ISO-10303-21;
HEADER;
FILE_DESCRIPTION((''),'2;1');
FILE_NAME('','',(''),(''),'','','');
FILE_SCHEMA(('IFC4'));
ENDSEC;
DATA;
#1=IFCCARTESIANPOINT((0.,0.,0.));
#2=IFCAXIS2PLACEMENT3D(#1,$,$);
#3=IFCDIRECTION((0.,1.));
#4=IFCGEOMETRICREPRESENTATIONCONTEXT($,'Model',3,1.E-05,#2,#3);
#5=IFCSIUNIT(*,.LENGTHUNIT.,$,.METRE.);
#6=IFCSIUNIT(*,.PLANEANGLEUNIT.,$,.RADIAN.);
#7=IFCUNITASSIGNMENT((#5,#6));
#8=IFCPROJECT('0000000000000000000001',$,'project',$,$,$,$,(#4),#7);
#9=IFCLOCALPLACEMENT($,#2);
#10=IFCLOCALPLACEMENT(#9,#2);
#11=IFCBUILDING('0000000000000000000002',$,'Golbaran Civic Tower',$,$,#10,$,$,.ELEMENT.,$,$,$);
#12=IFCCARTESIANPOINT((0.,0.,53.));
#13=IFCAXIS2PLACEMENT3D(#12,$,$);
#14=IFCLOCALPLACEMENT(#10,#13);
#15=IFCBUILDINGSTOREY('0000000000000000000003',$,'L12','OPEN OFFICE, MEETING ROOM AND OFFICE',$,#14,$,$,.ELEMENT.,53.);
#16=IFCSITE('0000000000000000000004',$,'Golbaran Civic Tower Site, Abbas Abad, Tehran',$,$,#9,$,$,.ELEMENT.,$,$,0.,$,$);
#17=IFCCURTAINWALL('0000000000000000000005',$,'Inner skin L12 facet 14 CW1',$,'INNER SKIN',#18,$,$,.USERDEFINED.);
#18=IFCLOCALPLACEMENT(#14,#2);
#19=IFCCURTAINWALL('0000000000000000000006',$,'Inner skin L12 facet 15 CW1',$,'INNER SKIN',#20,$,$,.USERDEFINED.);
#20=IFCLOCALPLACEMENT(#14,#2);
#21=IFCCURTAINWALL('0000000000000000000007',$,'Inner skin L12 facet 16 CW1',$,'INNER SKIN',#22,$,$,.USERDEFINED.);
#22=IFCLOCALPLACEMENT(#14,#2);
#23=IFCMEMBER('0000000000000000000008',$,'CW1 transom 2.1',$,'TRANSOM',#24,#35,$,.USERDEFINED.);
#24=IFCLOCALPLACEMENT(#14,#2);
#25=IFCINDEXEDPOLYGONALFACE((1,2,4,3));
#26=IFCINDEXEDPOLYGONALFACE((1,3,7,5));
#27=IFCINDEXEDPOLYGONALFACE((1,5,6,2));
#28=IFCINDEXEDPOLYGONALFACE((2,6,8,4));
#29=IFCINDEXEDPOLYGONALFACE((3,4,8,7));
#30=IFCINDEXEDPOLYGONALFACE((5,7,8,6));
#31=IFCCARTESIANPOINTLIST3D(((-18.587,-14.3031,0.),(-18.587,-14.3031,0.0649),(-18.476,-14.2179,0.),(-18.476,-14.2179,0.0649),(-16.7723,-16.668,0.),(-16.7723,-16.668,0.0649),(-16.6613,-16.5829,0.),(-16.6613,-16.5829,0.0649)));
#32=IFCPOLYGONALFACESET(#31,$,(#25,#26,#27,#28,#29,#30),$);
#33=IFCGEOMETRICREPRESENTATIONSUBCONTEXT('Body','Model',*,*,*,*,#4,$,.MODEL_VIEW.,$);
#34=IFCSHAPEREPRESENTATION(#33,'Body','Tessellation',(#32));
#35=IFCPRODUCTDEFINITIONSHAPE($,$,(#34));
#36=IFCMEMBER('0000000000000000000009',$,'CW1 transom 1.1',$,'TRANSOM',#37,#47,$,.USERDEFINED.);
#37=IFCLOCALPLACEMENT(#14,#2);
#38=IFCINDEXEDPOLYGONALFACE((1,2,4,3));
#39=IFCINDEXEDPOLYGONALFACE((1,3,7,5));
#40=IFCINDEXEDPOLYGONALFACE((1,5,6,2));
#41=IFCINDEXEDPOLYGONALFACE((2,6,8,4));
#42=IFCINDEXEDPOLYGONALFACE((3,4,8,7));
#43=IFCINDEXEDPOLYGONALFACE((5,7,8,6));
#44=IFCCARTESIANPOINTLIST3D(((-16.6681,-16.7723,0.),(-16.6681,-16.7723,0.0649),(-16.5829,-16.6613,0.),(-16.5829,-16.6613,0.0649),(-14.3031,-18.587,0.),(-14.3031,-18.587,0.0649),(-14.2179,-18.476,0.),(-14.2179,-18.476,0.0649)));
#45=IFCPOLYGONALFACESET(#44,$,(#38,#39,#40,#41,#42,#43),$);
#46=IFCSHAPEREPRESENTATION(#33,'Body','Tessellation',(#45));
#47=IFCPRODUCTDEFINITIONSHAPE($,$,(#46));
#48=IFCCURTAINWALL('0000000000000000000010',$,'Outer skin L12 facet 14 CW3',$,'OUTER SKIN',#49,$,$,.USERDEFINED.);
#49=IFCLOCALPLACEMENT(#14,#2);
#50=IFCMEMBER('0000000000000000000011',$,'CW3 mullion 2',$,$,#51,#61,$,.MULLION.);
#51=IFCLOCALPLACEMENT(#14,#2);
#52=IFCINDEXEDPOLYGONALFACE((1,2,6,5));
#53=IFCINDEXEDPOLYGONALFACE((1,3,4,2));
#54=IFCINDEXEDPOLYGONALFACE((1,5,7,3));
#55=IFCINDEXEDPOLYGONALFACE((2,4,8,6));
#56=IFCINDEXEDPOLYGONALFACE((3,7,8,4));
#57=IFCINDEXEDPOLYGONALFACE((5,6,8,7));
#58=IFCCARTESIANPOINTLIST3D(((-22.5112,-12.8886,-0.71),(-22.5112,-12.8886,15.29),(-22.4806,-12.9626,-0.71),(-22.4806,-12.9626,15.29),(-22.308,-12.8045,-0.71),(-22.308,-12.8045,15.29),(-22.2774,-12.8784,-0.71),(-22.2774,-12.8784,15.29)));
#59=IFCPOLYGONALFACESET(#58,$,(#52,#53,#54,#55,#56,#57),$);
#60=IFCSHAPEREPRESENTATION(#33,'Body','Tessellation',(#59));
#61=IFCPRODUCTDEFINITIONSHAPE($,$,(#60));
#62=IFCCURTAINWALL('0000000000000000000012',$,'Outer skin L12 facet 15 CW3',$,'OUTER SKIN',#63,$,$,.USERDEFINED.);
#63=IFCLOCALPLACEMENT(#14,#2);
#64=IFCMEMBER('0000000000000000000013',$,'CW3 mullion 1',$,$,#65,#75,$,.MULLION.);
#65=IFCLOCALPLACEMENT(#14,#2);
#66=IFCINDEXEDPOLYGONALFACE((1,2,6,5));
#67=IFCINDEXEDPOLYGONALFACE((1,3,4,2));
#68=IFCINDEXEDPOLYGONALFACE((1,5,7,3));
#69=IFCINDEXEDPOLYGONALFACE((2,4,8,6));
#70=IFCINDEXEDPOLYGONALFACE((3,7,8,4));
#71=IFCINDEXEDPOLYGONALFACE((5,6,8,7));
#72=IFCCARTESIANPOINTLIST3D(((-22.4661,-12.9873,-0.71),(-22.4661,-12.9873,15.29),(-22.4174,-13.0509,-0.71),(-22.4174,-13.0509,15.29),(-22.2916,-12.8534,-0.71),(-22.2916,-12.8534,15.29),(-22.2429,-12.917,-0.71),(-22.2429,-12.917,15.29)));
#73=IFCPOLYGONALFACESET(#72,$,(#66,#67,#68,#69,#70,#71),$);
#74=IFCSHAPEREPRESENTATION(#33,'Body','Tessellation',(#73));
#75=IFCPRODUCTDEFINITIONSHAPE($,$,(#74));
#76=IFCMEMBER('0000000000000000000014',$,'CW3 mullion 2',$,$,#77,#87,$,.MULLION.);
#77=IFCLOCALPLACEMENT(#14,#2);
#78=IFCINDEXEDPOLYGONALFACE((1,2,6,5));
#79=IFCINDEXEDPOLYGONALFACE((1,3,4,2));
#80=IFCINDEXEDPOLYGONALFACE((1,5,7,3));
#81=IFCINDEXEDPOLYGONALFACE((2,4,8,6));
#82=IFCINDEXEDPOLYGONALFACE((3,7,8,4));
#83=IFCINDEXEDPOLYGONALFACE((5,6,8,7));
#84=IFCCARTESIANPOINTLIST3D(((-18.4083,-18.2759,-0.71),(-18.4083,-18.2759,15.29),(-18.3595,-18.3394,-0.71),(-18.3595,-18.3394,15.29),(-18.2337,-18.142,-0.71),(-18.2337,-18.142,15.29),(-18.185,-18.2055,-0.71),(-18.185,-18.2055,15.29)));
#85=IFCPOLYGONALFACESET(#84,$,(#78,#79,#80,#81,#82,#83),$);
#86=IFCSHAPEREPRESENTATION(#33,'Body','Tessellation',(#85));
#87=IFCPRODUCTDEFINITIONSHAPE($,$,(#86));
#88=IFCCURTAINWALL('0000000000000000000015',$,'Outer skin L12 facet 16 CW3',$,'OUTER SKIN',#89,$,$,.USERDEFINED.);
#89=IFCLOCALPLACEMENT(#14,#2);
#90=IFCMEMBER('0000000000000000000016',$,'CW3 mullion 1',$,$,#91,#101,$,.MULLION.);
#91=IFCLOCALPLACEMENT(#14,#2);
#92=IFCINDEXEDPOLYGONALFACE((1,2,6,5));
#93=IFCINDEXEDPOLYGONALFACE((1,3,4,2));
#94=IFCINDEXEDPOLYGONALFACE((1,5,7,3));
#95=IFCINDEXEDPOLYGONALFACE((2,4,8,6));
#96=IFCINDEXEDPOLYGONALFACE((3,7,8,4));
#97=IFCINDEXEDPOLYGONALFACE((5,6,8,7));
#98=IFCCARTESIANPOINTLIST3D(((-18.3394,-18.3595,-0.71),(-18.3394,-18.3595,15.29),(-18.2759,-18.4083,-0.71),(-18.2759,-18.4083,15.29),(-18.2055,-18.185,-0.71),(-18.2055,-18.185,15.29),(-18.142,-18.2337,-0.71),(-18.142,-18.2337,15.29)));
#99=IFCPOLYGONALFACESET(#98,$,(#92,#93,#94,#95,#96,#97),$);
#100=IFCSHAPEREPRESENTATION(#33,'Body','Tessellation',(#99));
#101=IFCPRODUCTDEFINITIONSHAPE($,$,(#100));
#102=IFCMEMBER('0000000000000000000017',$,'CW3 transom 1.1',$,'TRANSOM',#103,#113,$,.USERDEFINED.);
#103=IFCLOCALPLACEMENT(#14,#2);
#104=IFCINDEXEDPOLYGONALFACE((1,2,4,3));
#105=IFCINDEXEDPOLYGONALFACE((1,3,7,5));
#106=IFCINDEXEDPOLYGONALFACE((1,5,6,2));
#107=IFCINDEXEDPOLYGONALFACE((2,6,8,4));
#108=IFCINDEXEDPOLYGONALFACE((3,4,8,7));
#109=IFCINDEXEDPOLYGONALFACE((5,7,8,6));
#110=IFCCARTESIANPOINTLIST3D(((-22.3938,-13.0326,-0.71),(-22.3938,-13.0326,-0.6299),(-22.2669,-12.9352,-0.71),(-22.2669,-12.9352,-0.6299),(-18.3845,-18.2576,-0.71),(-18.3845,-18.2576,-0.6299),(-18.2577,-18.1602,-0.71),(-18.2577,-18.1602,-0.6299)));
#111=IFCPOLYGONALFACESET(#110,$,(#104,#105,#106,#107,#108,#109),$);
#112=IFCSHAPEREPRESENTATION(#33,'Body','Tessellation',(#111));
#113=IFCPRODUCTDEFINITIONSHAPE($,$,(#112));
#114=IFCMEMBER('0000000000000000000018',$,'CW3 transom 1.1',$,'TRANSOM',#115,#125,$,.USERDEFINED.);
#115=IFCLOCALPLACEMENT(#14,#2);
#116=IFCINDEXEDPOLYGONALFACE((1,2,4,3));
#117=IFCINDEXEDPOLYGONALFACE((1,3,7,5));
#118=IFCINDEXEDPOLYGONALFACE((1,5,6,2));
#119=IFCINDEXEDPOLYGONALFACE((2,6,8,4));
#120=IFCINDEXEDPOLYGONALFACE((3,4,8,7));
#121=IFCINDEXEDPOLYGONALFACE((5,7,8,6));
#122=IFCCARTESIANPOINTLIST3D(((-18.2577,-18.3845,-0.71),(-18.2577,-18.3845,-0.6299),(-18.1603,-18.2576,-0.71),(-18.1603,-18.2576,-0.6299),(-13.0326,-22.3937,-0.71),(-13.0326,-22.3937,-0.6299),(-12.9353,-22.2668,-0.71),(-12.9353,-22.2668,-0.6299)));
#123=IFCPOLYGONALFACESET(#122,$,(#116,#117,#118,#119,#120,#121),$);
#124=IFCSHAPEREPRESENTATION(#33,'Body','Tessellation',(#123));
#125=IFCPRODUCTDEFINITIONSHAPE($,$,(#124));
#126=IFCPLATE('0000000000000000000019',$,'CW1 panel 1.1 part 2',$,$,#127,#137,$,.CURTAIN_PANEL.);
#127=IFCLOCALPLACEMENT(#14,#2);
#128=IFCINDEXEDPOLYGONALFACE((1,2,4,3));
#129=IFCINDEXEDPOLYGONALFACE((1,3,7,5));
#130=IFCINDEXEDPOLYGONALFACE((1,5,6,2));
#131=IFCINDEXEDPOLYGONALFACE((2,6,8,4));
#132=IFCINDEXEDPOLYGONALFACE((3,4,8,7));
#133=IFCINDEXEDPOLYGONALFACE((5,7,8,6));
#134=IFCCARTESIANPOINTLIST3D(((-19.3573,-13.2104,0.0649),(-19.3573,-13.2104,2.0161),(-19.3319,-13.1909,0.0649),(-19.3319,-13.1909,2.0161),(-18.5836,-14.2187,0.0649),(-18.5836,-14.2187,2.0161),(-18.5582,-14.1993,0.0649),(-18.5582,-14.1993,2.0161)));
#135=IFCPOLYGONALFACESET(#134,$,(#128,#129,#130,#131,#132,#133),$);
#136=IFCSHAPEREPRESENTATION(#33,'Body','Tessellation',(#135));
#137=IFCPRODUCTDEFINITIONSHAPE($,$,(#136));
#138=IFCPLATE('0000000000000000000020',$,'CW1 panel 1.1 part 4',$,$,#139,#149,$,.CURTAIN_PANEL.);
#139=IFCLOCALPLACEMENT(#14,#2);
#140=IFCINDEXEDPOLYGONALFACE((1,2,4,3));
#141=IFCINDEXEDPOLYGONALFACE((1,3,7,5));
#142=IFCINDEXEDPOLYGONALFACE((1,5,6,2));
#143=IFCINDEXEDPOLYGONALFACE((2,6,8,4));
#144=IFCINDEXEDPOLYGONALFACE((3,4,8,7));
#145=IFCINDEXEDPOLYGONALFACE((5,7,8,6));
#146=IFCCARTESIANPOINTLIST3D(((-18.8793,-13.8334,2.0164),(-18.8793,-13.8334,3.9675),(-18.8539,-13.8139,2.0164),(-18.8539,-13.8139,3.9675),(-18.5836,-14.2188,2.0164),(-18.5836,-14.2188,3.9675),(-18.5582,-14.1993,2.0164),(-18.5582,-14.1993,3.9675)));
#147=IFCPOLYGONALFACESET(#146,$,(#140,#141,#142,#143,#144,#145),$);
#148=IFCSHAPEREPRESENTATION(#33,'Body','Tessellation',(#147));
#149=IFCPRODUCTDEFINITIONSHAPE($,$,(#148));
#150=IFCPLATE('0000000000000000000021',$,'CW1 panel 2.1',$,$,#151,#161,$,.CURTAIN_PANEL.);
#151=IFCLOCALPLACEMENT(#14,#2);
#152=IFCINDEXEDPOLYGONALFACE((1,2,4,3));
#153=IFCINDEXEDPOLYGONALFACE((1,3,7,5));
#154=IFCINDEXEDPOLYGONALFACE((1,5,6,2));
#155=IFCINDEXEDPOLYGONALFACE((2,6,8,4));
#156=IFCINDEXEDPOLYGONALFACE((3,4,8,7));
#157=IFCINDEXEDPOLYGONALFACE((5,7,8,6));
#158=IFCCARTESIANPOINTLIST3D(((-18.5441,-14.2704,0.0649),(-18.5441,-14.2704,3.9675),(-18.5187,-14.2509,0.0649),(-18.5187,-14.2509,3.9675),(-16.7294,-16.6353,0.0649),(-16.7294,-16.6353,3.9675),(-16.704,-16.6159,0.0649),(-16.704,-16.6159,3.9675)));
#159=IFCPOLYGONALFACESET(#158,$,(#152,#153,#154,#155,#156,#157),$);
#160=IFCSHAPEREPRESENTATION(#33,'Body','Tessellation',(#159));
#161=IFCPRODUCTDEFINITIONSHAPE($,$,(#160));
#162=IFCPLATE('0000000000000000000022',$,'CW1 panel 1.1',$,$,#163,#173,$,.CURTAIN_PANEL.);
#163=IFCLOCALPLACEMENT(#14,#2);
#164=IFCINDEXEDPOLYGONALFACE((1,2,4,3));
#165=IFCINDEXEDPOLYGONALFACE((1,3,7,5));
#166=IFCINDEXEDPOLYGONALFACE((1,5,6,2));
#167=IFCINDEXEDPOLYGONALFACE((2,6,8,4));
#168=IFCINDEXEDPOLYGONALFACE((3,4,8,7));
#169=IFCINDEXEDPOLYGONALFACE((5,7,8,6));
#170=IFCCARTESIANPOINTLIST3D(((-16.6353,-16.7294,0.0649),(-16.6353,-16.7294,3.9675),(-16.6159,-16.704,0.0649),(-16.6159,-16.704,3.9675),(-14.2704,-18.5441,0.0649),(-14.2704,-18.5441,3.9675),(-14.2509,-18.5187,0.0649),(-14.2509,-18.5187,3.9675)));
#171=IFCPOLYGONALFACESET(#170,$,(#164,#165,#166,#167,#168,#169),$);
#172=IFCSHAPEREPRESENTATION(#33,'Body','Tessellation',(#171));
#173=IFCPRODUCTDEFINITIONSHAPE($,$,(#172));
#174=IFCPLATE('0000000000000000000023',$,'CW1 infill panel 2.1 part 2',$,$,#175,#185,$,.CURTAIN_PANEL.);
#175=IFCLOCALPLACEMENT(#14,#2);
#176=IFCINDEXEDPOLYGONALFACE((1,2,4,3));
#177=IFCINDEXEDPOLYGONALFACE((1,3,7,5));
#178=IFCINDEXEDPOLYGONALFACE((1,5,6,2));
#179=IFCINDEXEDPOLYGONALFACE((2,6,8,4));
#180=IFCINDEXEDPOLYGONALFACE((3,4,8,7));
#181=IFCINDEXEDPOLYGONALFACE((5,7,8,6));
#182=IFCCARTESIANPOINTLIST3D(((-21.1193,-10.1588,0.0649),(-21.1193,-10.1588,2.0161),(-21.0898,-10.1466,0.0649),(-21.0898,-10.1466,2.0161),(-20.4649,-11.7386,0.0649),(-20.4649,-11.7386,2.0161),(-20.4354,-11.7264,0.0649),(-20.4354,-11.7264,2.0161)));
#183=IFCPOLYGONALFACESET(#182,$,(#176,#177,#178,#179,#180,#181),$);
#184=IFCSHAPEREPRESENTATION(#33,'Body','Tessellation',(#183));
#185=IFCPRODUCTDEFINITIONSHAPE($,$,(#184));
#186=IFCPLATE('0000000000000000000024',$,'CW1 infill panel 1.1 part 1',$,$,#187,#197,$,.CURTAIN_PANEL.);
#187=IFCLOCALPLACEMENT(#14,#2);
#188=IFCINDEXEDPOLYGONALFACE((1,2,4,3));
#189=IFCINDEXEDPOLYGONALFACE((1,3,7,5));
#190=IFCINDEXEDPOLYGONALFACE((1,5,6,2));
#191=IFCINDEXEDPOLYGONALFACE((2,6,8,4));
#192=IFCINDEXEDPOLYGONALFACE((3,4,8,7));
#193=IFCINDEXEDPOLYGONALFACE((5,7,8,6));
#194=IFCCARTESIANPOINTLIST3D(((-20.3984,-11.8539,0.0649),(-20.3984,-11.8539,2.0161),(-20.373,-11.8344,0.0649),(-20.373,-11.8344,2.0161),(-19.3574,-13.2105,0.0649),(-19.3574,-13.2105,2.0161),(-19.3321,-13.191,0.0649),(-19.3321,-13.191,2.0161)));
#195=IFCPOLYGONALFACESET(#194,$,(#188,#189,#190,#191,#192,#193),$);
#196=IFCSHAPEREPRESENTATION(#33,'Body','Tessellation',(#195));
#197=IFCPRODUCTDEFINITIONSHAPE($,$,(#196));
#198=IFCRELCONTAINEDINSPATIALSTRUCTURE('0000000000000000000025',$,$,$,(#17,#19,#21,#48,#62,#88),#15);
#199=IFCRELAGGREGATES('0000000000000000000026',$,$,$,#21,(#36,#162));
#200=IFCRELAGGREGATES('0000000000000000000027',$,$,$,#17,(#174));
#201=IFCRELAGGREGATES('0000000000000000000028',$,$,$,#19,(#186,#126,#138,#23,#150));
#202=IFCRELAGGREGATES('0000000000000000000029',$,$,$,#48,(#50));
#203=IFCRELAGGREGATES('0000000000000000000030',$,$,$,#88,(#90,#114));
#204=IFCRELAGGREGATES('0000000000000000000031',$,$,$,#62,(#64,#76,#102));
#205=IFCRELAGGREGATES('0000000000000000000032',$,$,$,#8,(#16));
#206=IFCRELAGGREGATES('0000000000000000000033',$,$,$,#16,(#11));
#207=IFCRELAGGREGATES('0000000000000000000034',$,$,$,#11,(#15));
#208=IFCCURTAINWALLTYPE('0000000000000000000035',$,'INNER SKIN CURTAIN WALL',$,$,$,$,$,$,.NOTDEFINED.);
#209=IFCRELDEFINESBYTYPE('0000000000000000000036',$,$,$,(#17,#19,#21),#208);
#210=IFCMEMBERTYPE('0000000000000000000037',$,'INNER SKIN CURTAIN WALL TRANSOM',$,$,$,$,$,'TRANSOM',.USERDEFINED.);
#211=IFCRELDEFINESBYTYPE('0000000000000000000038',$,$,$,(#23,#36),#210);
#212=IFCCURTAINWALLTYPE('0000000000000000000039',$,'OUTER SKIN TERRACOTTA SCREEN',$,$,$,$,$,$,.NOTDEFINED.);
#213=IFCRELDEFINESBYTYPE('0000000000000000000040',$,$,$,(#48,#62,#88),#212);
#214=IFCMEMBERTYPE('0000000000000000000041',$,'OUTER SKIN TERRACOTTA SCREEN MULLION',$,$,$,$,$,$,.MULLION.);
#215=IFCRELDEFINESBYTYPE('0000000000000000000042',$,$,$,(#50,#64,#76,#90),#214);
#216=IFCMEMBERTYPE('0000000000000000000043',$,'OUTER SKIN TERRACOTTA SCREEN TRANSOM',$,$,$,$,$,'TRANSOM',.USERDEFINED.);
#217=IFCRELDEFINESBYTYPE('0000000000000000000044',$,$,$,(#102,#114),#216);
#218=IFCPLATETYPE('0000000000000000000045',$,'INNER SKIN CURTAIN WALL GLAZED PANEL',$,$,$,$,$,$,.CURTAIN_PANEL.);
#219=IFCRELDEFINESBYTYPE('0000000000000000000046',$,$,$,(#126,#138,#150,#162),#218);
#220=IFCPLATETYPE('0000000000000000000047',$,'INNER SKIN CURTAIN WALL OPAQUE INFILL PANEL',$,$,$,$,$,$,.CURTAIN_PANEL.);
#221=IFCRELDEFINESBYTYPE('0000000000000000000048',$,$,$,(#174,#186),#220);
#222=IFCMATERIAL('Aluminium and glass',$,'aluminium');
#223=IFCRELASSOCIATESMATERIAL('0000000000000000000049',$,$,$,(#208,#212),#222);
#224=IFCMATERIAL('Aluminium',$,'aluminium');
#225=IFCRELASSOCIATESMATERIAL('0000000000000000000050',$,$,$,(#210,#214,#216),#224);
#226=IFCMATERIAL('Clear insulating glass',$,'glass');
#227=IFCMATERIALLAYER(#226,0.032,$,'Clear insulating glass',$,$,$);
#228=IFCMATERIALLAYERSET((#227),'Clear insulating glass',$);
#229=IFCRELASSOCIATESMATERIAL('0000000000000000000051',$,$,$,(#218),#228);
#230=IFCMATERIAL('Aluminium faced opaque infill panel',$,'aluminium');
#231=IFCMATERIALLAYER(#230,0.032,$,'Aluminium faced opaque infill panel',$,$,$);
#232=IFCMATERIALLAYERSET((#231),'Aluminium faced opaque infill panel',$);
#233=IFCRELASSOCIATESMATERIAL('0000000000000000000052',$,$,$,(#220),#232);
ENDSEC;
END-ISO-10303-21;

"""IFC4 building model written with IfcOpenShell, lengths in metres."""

from ifc_helpers import new_model, si_unit, direction, frame, origin, origin_2d, place, context, subcontext, project, spatial, rectangle, extrude, material, layer, layer_set, material_profile, profile_set, type_object, element, aggregate, save


model = new_model("IFC4")

# Units and contexts
model_context = context("Model", 3, precision=1e-05, world=origin(), true_north=direction((0.0, 1.0)))
body_context = subcontext(model_context, "Body", "Model", "MODEL_VIEW")
ifc_project = project(units=[si_unit("LENGTHUNIT", "METRE"), si_unit("PLANEANGLEUNIT", "RADIAN")], contexts=[model_context])

# Site, building, storey
site_placement = place(None, origin())
site = spatial("IfcSite", under=ifc_project, at=site_placement, Name="Golbaran Civic Tower Site, Abbas Abad, Tehran", CompositionType="ELEMENT", RefElevation=0.0)
building_placement = place(site_placement, origin())
building = spatial("IfcBuilding", under=site, at=building_placement, Name="Golbaran Civic Tower", CompositionType="ELEMENT")
storey_placement = place(building_placement, frame((0.0, 0.0, 53.0)))
storey = spatial("IfcBuildingStorey", under=building, at=storey_placement, Name="L12", Description="OPEN OFFICE, MEETING ROOM AND OFFICE", CompositionType="ELEMENT", Elevation=53.0)

# Curtain wall
ifc_material_1 = material(Name="Aluminium and glass", Category="aluminium")
curtain_wall_type_1 = type_object("IfcCurtainWallType", Name="INNER SKIN CURTAIN WALL", PredefinedType="NOTDEFINED", material=ifc_material_1)
curtain_wall_1_placement = place(storey_placement, origin())
curtain_wall_1 = element("IfcCurtainWall", 1, at=curtain_wall_1_placement, inside=storey, type_object=curtain_wall_type_1, Name="Inner skin L12 facet 14 CW1", ObjectType="INNER SKIN", PredefinedType="USERDEFINED")
ifc_material_2 = material(Name="Aluminium", Category="aluminium")

# Curtain wall
curtain_wall_2_placement = place(storey_placement, origin())
curtain_wall_2 = element("IfcCurtainWall", 2, at=curtain_wall_2_placement, inside=storey, type_object=curtain_wall_type_1, Name="Inner skin L12 facet 15 CW1", ObjectType="INNER SKIN", PredefinedType="USERDEFINED")

# Curtain wall
curtain_wall_3_placement = place(storey_placement, origin())
curtain_wall_3 = element("IfcCurtainWall", 3, at=curtain_wall_3_placement, inside=storey, type_object=curtain_wall_type_1, Name="Inner skin L12 facet 16 CW1", ObjectType="INNER SKIN", PredefinedType="USERDEFINED")

# Members
ifc_material_profile_1 = material_profile(ifc_material_2, rectangle(XDim=0.1399, YDim=0.0649, at=origin_2d()), Name="INNER SKIN CURTAIN WALL TRANSOM")
ifc_profile_set_1 = profile_set([ifc_material_profile_1], Name="Aluminium")
member_type_1 = type_object("IfcMemberType", Name="INNER SKIN CURTAIN WALL TRANSOM", ElementType="TRANSOM", PredefinedType="USERDEFINED", material=ifc_profile_set_1)
member_1_placement = place(storey_placement, frame((-18.5315, -14.2605, 0.0325), z_axis=(0.608756, -0.793357, 0.0), x_axis=(0.793357, 0.608756, 0.0)))
member_1 = element("IfcMember", 4, at=member_1_placement, type_object=member_type_1, Name="CW1 transom 2.1", ObjectType="TRANSOM", PredefinedType="USERDEFINED", context=body_context, shape_type="SweptSolid", body=[
    extrude(rectangle(XDim=0.1399, YDim=0.0649, at=origin_2d()), origin(), (0.0, 0.0, 1.0), 2.981),
])
member_2_placement = place(storey_placement, frame((-16.6255, -16.7168, 0.0325), z_axis=(0.793357, -0.608756, 0.0), x_axis=(0.608756, 0.793357, 0.0)))
member_2 = element("IfcMember", 5, at=member_2_placement, type_object=member_type_1, Name="CW1 transom 1.1", ObjectType="TRANSOM", PredefinedType="USERDEFINED", context=body_context, shape_type="SweptSolid", body=[
    extrude(rectangle(XDim=0.1399, YDim=0.0649, at=origin_2d()), origin(), (0.0, 0.0, 1.0), 2.981),
])

# Curtain wall, member
curtain_wall_type_2 = type_object("IfcCurtainWallType", Name="OUTER SKIN TERRACOTTA SCREEN", PredefinedType="NOTDEFINED", material=ifc_material_1)
curtain_wall_4_placement = place(storey_placement, origin())
curtain_wall_4 = element("IfcCurtainWall", 6, at=curtain_wall_4_placement, inside=storey, type_object=curtain_wall_type_2, Name="Outer skin L12 facet 14 CW3", ObjectType="OUTER SKIN", PredefinedType="USERDEFINED")
ifc_material_profile_2 = material_profile(ifc_material_2, rectangle(XDim=0.22, YDim=0.0801, at=origin_2d()), Name="OUTER SKIN TERRACOTTA SCREEN MULLION")
ifc_profile_set_2 = profile_set([ifc_material_profile_2], Name="Aluminium")
member_type_2 = type_object("IfcMemberType", Name="OUTER SKIN TERRACOTTA SCREEN MULLION", PredefinedType="MULLION", material=ifc_profile_set_2)
member_3_placement = place(storey_placement, frame((-22.3943, -12.8835, -0.71), z_axis=(0.0, 0.0, 1.0), x_axis=(0.92388, 0.382683, 0.0)))
member_3 = element("IfcMember", 7, at=member_3_placement, type_object=member_type_2, Name="CW3 mullion 2", PredefinedType="MULLION", context=body_context, shape_type="SweptSolid", body=[
    extrude(rectangle(XDim=0.22, YDim=0.0801, at=origin_2d()), origin(), (0.0, 0.0, 1.0), 16.0),
])

# Curtain wall, members
curtain_wall_5_placement = place(storey_placement, origin())
curtain_wall_5 = element("IfcCurtainWall", 8, at=curtain_wall_5_placement, inside=storey, type_object=curtain_wall_type_2, Name="Outer skin L12 facet 15 CW3", ObjectType="OUTER SKIN", PredefinedType="USERDEFINED")
member_4_placement = place(storey_placement, frame((-22.3545, -12.9521, -0.71), z_axis=(0.0, 0.0, 1.0), x_axis=(0.793353, 0.608761, 0.0)))
member_4 = element("IfcMember", 9, at=member_4_placement, type_object=member_type_2, Name="CW3 mullion 1", PredefinedType="MULLION", context=body_context, shape_type="SweptSolid", body=[
    extrude(rectangle(XDim=0.22, YDim=0.0801, at=origin_2d()), origin(), (0.0, 0.0, 1.0), 16.0),
])
member_5_placement = place(storey_placement, frame((-18.2966, -18.2407, -0.71), z_axis=(0.0, 0.0, 1.0), x_axis=(0.793353, 0.608761, 0.0)))
member_5 = element("IfcMember", 10, at=member_5_placement, type_object=member_type_2, Name="CW3 mullion 2", PredefinedType="MULLION", context=body_context, shape_type="SweptSolid", body=[
    extrude(rectangle(XDim=0.22, YDim=0.0801, at=origin_2d()), origin(), (0.0, 0.0, 1.0), 16.0),
])

# Curtain wall, member
curtain_wall_6_placement = place(storey_placement, origin())
curtain_wall_6 = element("IfcCurtainWall", 11, at=curtain_wall_6_placement, inside=storey, type_object=curtain_wall_type_2, Name="Outer skin L12 facet 16 CW3", ObjectType="OUTER SKIN", PredefinedType="USERDEFINED")
member_6_placement = place(storey_placement, frame((-18.2407, -18.2966, -0.71), z_axis=(0.0, 0.0, 1.0), x_axis=(0.608761, 0.793353, 0.0)))
member_6 = element("IfcMember", 12, at=member_6_placement, type_object=member_type_2, Name="CW3 mullion 1", PredefinedType="MULLION", context=body_context, shape_type="SweptSolid", body=[
    extrude(rectangle(XDim=0.22, YDim=0.0801, at=origin_2d()), origin(), (0.0, 0.0, 1.0), 16.0),
])

# Members
ifc_material_profile_3 = material_profile(ifc_material_2, rectangle(XDim=0.1599, YDim=0.0801, at=origin_2d()), Name="OUTER SKIN TERRACOTTA SCREEN TRANSOM")
ifc_profile_set_3 = profile_set([ifc_material_profile_3], Name="Aluminium")
member_type_3 = type_object("IfcMemberType", Name="OUTER SKIN TERRACOTTA SCREEN TRANSOM", ElementType="TRANSOM", PredefinedType="USERDEFINED", material=ifc_profile_set_3)
member_7_placement = place(storey_placement, frame((-22.3303, -12.9839, -0.6699), z_axis=(0.608754, -0.793359, 0.0), x_axis=(0.793359, 0.608754, 0.0)))
member_7 = element("IfcMember", 13, at=member_7_placement, type_object=member_type_3, Name="CW3 transom 1.1", ObjectType="TRANSOM", PredefinedType="USERDEFINED", context=body_context, shape_type="SweptSolid", body=[
    extrude(rectangle(XDim=0.1599, YDim=0.0801, at=origin_2d()), origin(), (0.0, 0.0, 1.0), 6.5859),
])
member_8_placement = place(storey_placement, frame((-18.209, -18.321, -0.6699), z_axis=(0.793359, -0.608754, 0.0), x_axis=(0.608754, 0.793359, 0.0)))
member_8 = element("IfcMember", 14, at=member_8_placement, type_object=member_type_3, Name="CW3 transom 1.1", ObjectType="TRANSOM", PredefinedType="USERDEFINED", context=body_context, shape_type="SweptSolid", body=[
    extrude(rectangle(XDim=0.1599, YDim=0.0801, at=origin_2d()), origin(), (0.0, 0.0, 1.0), 6.5859),
])

# Plates
ifc_material_3 = material(Name="Clear insulating glass", Category="glass")
ifc_layer_1 = layer(ifc_material_3, 0.032, Name="Clear insulating glass")
ifc_layer_set_1 = layer_set([ifc_layer_1], Name="Clear insulating glass")
plate_type_1 = type_object("IfcPlateType", Name="INNER SKIN CURTAIN WALL GLAZED PANEL", PredefinedType="CURTAIN_PANEL", material=ifc_layer_set_1)
plate_1_placement = place(storey_placement, frame((-18.9578, -13.7048, 0.0649), z_axis=(0.0, 0.0, 1.0), x_axis=(0.608761, -0.793353, 0.0)))
plate_1 = element("IfcPlate", 15, at=plate_1_placement, type_object=plate_type_1, Name="CW1 panel 1.1 part 2", PredefinedType="CURTAIN_PANEL", context=body_context, shape_type="SweptSolid", body=[
    extrude(rectangle(XDim=1.271, YDim=0.032, at=origin_2d()), origin(), (0.0, 0.0, 1.0), 1.9512),
])
plate_2_placement = place(storey_placement, frame((-18.7188, -14.0164, 2.0164), z_axis=(0.0, 0.0, 1.0), x_axis=(0.608761, -0.793353, 0.0)))
plate_2 = element("IfcPlate", 16, at=plate_2_placement, type_object=plate_type_1, Name="CW1 panel 1.1 part 4", PredefinedType="CURTAIN_PANEL", context=body_context, shape_type="SweptSolid", body=[
    extrude(rectangle(XDim=0.4858, YDim=0.032, at=origin_2d()), origin(), (0.0, 0.0, 1.0), 1.9512),
])
plate_3_placement = place(storey_placement, frame((-17.624, -15.4431, 0.0649), z_axis=(0.0, 0.0, 1.0), x_axis=(0.608761, -0.793353, 0.0)))
plate_3 = element("IfcPlate", 17, at=plate_3_placement, type_object=plate_type_1, Name="CW1 panel 2.1", PredefinedType="CURTAIN_PANEL", context=body_context, shape_type="SweptSolid", body=[
    extrude(rectangle(XDim=2.981, YDim=0.032, at=origin_2d()), origin(), (0.0, 0.0, 1.0), 3.9026),
])
plate_4_placement = place(storey_placement, frame((-15.4431, -17.624, 0.0649), z_axis=(0.0, 0.0, 1.0), x_axis=(0.793353, -0.608761, 0.0)))
plate_4 = element("IfcPlate", 18, at=plate_4_placement, type_object=plate_type_1, Name="CW1 panel 1.1", PredefinedType="CURTAIN_PANEL", context=body_context, shape_type="SweptSolid", body=[
    extrude(rectangle(XDim=2.981, YDim=0.032, at=origin_2d()), origin(), (0.0, 0.0, 1.0), 3.9026),
])
aggregate(curtain_wall_3, [member_2, plate_4])
ifc_material_4 = material(Name="Aluminium faced opaque infill panel", Category="aluminium")
ifc_layer_2 = layer(ifc_material_4, 0.032, Name="Aluminium faced opaque infill panel")
ifc_layer_set_2 = layer_set([ifc_layer_2], Name="Aluminium faced opaque infill panel")
plate_type_2 = type_object("IfcPlateType", Name="INNER SKIN CURTAIN WALL OPAQUE INFILL PANEL", PredefinedType="CURTAIN_PANEL", material=ifc_layer_set_2)
plate_5_placement = place(storey_placement, frame((-20.7773, -10.9426, 0.0649), z_axis=(0.0, 0.0, 1.0), x_axis=(0.382683, -0.92388, 0.0)))
plate_5 = element("IfcPlate", 19, at=plate_5_placement, type_object=plate_type_2, Name="CW1 infill panel 2.1 part 2", PredefinedType="CURTAIN_PANEL", context=body_context, shape_type="SweptSolid", body=[
    extrude(rectangle(XDim=1.71, YDim=0.032, at=origin_2d()), origin(), (0.0, 0.0, 1.0), 1.9512),
])
aggregate(curtain_wall_1, [plate_5])
plate_6_placement = place(storey_placement, frame((-19.8652, -12.5225, 0.0649), z_axis=(0.0, 0.0, 1.0), x_axis=(0.608761, -0.793353, 0.0)))
plate_6 = element("IfcPlate", 20, at=plate_6_placement, type_object=plate_type_2, Name="CW1 infill panel 1.1 part 1", PredefinedType="CURTAIN_PANEL", context=body_context, shape_type="SweptSolid", body=[
    extrude(rectangle(XDim=1.71, YDim=0.032, at=origin_2d()), origin(), (0.0, 0.0, 1.0), 1.9512),
])
aggregate(curtain_wall_2, [plate_6, plate_1, plate_2, member_1, plate_3])
aggregate(curtain_wall_4, [member_3])
aggregate(curtain_wall_6, [member_6, member_8])
aggregate(curtain_wall_5, [member_4, member_5, member_7])

save(model, "model.ifc")
